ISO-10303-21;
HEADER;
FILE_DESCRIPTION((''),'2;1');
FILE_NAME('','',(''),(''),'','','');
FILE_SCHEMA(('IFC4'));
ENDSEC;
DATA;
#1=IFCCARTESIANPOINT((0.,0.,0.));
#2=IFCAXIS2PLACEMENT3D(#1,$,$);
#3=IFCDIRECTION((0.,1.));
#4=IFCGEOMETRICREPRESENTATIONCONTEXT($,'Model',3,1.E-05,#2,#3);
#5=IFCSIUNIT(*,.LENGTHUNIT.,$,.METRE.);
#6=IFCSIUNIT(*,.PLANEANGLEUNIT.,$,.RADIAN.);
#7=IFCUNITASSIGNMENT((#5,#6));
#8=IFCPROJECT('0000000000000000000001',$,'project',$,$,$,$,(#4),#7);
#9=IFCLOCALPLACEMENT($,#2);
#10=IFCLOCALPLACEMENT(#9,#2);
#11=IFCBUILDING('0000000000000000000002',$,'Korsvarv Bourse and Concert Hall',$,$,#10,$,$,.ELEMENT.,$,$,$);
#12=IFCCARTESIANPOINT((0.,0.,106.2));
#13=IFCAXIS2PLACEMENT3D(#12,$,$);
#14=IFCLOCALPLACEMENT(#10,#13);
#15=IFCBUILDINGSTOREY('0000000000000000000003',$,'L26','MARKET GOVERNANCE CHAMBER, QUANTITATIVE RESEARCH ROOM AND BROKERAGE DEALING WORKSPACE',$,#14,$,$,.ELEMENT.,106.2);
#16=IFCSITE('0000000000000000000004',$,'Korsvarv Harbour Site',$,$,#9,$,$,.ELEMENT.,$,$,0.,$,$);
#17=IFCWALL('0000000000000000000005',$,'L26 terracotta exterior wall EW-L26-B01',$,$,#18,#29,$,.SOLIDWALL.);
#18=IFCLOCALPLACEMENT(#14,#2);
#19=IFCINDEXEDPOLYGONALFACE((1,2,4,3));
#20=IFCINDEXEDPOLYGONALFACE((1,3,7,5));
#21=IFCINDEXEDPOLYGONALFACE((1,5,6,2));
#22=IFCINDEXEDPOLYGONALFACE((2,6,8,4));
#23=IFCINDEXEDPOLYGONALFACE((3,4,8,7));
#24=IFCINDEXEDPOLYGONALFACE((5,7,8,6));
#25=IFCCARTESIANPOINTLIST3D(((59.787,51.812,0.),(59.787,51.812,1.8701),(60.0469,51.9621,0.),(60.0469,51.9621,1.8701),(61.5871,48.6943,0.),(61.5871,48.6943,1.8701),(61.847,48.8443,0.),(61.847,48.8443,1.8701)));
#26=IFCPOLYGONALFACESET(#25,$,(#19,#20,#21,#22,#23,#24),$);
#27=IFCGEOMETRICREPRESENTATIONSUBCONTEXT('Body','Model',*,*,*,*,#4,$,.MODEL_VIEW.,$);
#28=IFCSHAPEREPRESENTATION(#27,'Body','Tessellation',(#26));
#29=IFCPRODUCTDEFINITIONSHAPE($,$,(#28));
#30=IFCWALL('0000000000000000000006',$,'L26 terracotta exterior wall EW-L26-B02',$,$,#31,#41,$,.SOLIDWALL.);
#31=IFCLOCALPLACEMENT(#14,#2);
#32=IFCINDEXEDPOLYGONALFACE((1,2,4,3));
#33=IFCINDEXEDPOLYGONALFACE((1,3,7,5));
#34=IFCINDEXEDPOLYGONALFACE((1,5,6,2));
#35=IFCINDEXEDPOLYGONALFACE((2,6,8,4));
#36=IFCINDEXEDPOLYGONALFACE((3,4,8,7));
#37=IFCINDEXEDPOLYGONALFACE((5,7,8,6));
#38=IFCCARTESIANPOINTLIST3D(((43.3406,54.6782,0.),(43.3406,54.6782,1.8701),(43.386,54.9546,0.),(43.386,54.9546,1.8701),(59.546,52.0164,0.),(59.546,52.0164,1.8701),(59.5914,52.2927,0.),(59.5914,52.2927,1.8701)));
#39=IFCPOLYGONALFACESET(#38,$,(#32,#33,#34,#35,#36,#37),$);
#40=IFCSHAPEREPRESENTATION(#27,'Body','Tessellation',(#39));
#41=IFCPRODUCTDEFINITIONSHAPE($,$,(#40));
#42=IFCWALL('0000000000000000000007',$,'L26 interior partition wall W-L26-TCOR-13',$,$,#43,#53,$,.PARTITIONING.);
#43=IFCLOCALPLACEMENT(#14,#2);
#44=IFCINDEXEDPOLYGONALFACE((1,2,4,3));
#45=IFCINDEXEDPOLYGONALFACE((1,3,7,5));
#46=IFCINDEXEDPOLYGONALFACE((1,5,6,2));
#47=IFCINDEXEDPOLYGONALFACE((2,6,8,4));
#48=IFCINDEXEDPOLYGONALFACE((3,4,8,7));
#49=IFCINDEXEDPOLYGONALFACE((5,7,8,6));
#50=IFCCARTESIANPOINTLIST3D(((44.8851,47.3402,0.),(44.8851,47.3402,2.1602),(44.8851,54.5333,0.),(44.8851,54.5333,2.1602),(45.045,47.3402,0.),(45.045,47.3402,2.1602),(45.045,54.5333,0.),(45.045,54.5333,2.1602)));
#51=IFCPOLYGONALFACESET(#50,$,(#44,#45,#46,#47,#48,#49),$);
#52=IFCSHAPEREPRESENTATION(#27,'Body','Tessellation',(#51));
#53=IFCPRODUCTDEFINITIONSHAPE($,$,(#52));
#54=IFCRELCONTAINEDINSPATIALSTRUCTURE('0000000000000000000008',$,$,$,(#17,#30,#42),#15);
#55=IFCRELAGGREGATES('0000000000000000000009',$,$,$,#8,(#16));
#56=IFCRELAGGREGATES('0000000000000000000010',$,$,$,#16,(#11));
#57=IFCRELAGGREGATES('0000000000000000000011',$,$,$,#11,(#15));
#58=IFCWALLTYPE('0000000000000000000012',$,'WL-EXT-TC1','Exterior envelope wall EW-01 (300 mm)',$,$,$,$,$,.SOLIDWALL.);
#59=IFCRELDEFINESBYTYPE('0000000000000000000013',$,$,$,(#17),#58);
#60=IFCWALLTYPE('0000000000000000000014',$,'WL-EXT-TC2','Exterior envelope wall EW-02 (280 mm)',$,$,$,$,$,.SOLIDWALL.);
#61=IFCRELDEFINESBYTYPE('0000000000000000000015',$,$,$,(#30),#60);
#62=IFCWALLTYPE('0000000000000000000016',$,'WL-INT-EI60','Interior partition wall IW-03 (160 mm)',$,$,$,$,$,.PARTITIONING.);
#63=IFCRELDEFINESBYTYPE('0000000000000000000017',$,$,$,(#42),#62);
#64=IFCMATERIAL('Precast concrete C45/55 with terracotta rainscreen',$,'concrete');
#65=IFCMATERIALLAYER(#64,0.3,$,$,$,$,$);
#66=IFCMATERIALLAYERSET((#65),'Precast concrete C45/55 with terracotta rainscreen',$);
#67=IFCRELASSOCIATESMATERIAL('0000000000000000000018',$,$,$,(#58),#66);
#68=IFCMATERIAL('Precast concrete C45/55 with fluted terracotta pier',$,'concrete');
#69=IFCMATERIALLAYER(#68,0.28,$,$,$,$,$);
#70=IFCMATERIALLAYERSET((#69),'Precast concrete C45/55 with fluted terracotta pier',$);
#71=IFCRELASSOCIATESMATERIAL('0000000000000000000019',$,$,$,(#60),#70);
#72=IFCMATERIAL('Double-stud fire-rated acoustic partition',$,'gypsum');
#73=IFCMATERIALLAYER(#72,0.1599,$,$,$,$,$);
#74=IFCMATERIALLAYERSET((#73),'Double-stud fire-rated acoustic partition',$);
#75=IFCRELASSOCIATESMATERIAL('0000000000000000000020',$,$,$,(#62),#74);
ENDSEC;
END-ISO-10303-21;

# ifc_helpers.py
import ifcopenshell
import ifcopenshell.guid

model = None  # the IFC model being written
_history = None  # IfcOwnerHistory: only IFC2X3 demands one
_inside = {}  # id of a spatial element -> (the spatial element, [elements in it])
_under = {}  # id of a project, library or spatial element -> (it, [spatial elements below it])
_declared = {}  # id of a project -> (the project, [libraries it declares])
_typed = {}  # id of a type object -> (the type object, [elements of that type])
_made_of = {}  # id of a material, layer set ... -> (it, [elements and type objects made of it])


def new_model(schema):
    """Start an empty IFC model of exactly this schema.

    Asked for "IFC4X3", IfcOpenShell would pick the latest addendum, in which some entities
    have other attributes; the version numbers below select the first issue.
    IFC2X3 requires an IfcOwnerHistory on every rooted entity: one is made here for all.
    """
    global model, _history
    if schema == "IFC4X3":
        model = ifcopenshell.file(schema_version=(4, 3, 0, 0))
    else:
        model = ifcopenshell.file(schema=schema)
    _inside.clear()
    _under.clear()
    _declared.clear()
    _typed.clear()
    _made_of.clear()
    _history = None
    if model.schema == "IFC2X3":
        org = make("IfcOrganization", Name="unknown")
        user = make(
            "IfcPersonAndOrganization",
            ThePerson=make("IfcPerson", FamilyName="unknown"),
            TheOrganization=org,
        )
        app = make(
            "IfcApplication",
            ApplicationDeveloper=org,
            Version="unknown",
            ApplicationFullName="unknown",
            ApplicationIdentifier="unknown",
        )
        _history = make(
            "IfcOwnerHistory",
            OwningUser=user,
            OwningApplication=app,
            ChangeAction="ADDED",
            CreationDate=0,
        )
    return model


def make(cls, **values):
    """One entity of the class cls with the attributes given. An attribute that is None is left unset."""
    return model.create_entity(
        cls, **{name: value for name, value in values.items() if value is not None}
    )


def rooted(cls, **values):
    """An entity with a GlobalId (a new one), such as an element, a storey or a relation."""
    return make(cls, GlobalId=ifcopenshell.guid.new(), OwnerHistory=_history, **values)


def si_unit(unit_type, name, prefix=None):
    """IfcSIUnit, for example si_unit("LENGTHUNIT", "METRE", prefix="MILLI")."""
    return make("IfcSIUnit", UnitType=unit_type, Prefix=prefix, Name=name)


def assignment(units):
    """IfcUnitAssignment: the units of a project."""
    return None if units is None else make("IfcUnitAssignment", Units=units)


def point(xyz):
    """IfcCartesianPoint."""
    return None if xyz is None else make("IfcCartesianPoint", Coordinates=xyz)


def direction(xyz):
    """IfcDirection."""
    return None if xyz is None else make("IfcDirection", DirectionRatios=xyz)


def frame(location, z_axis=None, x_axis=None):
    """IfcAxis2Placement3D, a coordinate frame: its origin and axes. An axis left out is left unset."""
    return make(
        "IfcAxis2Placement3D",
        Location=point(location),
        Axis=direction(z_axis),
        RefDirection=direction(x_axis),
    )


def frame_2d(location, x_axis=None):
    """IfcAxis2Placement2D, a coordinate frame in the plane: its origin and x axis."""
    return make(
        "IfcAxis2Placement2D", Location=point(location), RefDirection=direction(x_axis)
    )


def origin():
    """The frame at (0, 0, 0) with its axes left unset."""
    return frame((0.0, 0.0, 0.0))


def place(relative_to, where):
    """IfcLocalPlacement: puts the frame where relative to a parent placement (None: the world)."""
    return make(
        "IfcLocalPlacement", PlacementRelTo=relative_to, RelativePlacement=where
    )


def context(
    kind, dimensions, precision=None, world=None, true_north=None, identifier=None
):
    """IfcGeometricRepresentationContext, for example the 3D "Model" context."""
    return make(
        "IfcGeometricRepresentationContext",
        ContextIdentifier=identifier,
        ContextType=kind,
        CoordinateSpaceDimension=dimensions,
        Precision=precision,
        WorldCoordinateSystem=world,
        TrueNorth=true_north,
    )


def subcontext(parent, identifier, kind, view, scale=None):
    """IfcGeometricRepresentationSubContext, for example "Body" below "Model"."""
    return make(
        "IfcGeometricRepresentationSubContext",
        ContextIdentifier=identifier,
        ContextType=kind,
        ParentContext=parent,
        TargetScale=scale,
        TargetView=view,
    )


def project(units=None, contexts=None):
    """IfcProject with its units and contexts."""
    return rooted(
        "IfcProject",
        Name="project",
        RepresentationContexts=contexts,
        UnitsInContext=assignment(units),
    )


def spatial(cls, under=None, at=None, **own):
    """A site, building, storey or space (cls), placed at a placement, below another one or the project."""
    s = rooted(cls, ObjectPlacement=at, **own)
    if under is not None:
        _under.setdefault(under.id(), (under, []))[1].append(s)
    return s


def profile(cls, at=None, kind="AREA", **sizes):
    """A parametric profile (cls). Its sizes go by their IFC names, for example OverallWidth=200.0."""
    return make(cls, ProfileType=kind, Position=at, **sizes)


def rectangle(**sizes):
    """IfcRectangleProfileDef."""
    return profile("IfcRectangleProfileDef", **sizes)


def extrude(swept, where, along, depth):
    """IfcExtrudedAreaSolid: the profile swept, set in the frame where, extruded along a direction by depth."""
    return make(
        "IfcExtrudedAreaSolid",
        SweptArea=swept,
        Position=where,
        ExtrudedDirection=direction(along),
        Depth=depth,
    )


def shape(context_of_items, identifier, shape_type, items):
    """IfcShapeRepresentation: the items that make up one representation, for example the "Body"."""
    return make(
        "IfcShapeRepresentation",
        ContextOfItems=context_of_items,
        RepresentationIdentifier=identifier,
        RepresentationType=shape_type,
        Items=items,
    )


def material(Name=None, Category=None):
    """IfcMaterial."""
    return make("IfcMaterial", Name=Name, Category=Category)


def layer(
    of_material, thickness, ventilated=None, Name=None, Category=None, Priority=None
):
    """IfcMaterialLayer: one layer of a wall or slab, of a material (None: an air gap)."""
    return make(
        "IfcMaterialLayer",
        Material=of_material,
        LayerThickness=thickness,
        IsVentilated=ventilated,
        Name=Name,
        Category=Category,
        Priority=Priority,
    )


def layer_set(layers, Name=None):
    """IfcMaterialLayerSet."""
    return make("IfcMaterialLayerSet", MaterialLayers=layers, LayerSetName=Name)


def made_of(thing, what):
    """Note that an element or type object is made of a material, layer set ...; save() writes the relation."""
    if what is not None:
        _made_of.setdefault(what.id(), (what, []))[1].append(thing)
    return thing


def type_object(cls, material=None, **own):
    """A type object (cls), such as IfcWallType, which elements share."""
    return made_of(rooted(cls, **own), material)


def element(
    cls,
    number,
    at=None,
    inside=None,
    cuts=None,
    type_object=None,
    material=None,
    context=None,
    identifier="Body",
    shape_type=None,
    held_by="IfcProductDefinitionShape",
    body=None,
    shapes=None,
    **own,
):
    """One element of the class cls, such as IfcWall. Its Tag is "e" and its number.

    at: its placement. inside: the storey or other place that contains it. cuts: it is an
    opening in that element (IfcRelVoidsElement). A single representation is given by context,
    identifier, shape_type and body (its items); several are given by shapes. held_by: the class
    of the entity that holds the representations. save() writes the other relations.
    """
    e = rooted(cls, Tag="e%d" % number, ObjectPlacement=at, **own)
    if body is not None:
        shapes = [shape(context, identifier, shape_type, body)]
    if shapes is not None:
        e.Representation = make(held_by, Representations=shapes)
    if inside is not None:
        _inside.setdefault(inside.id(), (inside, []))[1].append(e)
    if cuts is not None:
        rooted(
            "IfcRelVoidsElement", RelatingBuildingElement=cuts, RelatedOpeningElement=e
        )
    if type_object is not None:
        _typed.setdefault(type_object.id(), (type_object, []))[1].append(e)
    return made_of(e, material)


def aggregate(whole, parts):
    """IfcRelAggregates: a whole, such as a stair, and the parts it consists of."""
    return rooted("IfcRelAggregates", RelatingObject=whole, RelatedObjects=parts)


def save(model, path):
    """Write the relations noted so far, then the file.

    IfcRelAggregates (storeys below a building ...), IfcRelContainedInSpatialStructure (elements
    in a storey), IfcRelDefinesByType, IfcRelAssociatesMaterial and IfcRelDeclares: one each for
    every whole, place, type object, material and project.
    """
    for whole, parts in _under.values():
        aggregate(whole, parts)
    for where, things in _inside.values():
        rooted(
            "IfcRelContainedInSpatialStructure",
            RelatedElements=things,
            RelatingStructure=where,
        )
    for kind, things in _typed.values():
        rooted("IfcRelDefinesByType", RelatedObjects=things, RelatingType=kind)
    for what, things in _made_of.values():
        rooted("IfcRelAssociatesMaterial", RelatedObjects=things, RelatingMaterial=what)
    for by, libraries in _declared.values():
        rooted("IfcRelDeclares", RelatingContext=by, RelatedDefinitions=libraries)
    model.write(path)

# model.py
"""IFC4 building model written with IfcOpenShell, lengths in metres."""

from ifc_helpers import new_model, si_unit, direction, frame, frame_2d, origin, place, context, subcontext, project, spatial, rectangle, extrude, material, layer, layer_set, type_object, element, save


model = new_model("IFC4")

# Units and contexts
model_context = context("Model", 3, precision=1e-05, world=origin(), true_north=direction((0.0, 1.0)))
body_context = subcontext(model_context, "Body", "Model", "MODEL_VIEW")
ifc_project = project(units=[si_unit("LENGTHUNIT", "METRE"), si_unit("PLANEANGLEUNIT", "RADIAN")], contexts=[model_context])

# Site, building, storey
site_placement = place(None, origin())
site = spatial("IfcSite", under=ifc_project, at=site_placement, Name="Korsvarv Harbour Site", CompositionType="ELEMENT", RefElevation=0.0)
building_placement = place(site_placement, origin())
building = spatial("IfcBuilding", under=site, at=building_placement, Name="Korsvarv Bourse and Concert Hall", CompositionType="ELEMENT")
storey_placement = place(building_placement, frame((0.0, 0.0, 106.2)))
storey = spatial("IfcBuildingStorey", under=building, at=storey_placement, Name="L26", Description="MARKET GOVERNANCE CHAMBER, QUANTITATIVE RESEARCH ROOM AND BROKERAGE DEALING WORKSPACE", CompositionType="ELEMENT", Elevation=106.2)

# Walls
ifc_material_1 = material(Name="Precast concrete C45/55 with terracotta rainscreen", Category="concrete")
ifc_layer_1 = layer(ifc_material_1, 0.3)
ifc_layer_set_1 = layer_set([ifc_layer_1], Name="Precast concrete C45/55 with terracotta rainscreen")
wall_type_1 = type_object("IfcWallType", Name="WL-EXT-TC1", Description="Exterior envelope wall EW-01 (300 mm)", PredefinedType="SOLIDWALL", material=ifc_layer_set_1)
wall_1_placement = place(storey_placement, frame((61.717, 48.7693, 0.0), z_axis=(0.0, 0.0, 1.0), x_axis=(-0.500012, 0.866018, 0.0)))
element("IfcWall", 1, at=wall_1_placement, inside=storey, type_object=wall_type_1, Name="L26 terracotta exterior wall EW-L26-B01", PredefinedType="SOLIDWALL", context=body_context, shape_type="SweptSolid", body=[
    extrude(rectangle(XDim=3.6001, YDim=0.3, at=frame_2d((1.8, 0.0))), origin(), (0.0, 0.0, 1.0), 1.8701),
])
ifc_material_2 = material(Name="Precast concrete C45/55 with fluted terracotta pier", Category="concrete")
ifc_layer_2 = layer(ifc_material_2, 0.28)
ifc_layer_set_2 = layer_set([ifc_layer_2], Name="Precast concrete C45/55 with fluted terracotta pier")
wall_type_2 = type_object("IfcWallType", Name="WL-EXT-TC2", Description="Exterior envelope wall EW-02 (280 mm)", PredefinedType="SOLIDWALL", material=ifc_layer_set_2)
wall_2_placement = place(storey_placement, frame((59.5688, 52.1545, 0.0), z_axis=(0.0, 0.0, 1.0), x_axis=(-0.986777, 0.162084, 0.0)))
element("IfcWall", 2, at=wall_2_placement, inside=storey, type_object=wall_type_2, Name="L26 terracotta exterior wall EW-L26-B02", PredefinedType="SOLIDWALL", context=body_context, shape_type="SweptSolid", body=[
    extrude(rectangle(XDim=16.4226, YDim=0.28, at=frame_2d((8.2114, 0.0))), origin(), (0.0, 0.0, 1.0), 1.8701),
])
ifc_material_3 = material(Name="Double-stud fire-rated acoustic partition", Category="gypsum")
ifc_layer_3 = layer(ifc_material_3, 0.1599)
ifc_layer_set_3 = layer_set([ifc_layer_3], Name="Double-stud fire-rated acoustic partition")
wall_type_3 = type_object("IfcWallType", Name="WL-INT-EI60", Description="Interior partition wall IW-03 (160 mm)", PredefinedType="PARTITIONING", material=ifc_layer_set_3)
wall_3_placement = place(storey_placement, frame((44.9651, 47.3401, 0.0), z_axis=(0.0, 0.0, 1.0), x_axis=(0.0, 1.0, 0.0)))
element("IfcWall", 3, at=wall_3_placement, inside=storey, type_object=wall_type_3, Name="L26 interior partition wall W-L26-TCOR-13", PredefinedType="PARTITIONING", context=body_context, shape_type="SweptSolid", body=[
    extrude(rectangle(XDim=7.1931, YDim=0.1599, at=frame_2d((3.5967, 0.0))), origin(), (0.0, 0.0, 1.0), 2.1602),
])

save(model, "model.ifc")
